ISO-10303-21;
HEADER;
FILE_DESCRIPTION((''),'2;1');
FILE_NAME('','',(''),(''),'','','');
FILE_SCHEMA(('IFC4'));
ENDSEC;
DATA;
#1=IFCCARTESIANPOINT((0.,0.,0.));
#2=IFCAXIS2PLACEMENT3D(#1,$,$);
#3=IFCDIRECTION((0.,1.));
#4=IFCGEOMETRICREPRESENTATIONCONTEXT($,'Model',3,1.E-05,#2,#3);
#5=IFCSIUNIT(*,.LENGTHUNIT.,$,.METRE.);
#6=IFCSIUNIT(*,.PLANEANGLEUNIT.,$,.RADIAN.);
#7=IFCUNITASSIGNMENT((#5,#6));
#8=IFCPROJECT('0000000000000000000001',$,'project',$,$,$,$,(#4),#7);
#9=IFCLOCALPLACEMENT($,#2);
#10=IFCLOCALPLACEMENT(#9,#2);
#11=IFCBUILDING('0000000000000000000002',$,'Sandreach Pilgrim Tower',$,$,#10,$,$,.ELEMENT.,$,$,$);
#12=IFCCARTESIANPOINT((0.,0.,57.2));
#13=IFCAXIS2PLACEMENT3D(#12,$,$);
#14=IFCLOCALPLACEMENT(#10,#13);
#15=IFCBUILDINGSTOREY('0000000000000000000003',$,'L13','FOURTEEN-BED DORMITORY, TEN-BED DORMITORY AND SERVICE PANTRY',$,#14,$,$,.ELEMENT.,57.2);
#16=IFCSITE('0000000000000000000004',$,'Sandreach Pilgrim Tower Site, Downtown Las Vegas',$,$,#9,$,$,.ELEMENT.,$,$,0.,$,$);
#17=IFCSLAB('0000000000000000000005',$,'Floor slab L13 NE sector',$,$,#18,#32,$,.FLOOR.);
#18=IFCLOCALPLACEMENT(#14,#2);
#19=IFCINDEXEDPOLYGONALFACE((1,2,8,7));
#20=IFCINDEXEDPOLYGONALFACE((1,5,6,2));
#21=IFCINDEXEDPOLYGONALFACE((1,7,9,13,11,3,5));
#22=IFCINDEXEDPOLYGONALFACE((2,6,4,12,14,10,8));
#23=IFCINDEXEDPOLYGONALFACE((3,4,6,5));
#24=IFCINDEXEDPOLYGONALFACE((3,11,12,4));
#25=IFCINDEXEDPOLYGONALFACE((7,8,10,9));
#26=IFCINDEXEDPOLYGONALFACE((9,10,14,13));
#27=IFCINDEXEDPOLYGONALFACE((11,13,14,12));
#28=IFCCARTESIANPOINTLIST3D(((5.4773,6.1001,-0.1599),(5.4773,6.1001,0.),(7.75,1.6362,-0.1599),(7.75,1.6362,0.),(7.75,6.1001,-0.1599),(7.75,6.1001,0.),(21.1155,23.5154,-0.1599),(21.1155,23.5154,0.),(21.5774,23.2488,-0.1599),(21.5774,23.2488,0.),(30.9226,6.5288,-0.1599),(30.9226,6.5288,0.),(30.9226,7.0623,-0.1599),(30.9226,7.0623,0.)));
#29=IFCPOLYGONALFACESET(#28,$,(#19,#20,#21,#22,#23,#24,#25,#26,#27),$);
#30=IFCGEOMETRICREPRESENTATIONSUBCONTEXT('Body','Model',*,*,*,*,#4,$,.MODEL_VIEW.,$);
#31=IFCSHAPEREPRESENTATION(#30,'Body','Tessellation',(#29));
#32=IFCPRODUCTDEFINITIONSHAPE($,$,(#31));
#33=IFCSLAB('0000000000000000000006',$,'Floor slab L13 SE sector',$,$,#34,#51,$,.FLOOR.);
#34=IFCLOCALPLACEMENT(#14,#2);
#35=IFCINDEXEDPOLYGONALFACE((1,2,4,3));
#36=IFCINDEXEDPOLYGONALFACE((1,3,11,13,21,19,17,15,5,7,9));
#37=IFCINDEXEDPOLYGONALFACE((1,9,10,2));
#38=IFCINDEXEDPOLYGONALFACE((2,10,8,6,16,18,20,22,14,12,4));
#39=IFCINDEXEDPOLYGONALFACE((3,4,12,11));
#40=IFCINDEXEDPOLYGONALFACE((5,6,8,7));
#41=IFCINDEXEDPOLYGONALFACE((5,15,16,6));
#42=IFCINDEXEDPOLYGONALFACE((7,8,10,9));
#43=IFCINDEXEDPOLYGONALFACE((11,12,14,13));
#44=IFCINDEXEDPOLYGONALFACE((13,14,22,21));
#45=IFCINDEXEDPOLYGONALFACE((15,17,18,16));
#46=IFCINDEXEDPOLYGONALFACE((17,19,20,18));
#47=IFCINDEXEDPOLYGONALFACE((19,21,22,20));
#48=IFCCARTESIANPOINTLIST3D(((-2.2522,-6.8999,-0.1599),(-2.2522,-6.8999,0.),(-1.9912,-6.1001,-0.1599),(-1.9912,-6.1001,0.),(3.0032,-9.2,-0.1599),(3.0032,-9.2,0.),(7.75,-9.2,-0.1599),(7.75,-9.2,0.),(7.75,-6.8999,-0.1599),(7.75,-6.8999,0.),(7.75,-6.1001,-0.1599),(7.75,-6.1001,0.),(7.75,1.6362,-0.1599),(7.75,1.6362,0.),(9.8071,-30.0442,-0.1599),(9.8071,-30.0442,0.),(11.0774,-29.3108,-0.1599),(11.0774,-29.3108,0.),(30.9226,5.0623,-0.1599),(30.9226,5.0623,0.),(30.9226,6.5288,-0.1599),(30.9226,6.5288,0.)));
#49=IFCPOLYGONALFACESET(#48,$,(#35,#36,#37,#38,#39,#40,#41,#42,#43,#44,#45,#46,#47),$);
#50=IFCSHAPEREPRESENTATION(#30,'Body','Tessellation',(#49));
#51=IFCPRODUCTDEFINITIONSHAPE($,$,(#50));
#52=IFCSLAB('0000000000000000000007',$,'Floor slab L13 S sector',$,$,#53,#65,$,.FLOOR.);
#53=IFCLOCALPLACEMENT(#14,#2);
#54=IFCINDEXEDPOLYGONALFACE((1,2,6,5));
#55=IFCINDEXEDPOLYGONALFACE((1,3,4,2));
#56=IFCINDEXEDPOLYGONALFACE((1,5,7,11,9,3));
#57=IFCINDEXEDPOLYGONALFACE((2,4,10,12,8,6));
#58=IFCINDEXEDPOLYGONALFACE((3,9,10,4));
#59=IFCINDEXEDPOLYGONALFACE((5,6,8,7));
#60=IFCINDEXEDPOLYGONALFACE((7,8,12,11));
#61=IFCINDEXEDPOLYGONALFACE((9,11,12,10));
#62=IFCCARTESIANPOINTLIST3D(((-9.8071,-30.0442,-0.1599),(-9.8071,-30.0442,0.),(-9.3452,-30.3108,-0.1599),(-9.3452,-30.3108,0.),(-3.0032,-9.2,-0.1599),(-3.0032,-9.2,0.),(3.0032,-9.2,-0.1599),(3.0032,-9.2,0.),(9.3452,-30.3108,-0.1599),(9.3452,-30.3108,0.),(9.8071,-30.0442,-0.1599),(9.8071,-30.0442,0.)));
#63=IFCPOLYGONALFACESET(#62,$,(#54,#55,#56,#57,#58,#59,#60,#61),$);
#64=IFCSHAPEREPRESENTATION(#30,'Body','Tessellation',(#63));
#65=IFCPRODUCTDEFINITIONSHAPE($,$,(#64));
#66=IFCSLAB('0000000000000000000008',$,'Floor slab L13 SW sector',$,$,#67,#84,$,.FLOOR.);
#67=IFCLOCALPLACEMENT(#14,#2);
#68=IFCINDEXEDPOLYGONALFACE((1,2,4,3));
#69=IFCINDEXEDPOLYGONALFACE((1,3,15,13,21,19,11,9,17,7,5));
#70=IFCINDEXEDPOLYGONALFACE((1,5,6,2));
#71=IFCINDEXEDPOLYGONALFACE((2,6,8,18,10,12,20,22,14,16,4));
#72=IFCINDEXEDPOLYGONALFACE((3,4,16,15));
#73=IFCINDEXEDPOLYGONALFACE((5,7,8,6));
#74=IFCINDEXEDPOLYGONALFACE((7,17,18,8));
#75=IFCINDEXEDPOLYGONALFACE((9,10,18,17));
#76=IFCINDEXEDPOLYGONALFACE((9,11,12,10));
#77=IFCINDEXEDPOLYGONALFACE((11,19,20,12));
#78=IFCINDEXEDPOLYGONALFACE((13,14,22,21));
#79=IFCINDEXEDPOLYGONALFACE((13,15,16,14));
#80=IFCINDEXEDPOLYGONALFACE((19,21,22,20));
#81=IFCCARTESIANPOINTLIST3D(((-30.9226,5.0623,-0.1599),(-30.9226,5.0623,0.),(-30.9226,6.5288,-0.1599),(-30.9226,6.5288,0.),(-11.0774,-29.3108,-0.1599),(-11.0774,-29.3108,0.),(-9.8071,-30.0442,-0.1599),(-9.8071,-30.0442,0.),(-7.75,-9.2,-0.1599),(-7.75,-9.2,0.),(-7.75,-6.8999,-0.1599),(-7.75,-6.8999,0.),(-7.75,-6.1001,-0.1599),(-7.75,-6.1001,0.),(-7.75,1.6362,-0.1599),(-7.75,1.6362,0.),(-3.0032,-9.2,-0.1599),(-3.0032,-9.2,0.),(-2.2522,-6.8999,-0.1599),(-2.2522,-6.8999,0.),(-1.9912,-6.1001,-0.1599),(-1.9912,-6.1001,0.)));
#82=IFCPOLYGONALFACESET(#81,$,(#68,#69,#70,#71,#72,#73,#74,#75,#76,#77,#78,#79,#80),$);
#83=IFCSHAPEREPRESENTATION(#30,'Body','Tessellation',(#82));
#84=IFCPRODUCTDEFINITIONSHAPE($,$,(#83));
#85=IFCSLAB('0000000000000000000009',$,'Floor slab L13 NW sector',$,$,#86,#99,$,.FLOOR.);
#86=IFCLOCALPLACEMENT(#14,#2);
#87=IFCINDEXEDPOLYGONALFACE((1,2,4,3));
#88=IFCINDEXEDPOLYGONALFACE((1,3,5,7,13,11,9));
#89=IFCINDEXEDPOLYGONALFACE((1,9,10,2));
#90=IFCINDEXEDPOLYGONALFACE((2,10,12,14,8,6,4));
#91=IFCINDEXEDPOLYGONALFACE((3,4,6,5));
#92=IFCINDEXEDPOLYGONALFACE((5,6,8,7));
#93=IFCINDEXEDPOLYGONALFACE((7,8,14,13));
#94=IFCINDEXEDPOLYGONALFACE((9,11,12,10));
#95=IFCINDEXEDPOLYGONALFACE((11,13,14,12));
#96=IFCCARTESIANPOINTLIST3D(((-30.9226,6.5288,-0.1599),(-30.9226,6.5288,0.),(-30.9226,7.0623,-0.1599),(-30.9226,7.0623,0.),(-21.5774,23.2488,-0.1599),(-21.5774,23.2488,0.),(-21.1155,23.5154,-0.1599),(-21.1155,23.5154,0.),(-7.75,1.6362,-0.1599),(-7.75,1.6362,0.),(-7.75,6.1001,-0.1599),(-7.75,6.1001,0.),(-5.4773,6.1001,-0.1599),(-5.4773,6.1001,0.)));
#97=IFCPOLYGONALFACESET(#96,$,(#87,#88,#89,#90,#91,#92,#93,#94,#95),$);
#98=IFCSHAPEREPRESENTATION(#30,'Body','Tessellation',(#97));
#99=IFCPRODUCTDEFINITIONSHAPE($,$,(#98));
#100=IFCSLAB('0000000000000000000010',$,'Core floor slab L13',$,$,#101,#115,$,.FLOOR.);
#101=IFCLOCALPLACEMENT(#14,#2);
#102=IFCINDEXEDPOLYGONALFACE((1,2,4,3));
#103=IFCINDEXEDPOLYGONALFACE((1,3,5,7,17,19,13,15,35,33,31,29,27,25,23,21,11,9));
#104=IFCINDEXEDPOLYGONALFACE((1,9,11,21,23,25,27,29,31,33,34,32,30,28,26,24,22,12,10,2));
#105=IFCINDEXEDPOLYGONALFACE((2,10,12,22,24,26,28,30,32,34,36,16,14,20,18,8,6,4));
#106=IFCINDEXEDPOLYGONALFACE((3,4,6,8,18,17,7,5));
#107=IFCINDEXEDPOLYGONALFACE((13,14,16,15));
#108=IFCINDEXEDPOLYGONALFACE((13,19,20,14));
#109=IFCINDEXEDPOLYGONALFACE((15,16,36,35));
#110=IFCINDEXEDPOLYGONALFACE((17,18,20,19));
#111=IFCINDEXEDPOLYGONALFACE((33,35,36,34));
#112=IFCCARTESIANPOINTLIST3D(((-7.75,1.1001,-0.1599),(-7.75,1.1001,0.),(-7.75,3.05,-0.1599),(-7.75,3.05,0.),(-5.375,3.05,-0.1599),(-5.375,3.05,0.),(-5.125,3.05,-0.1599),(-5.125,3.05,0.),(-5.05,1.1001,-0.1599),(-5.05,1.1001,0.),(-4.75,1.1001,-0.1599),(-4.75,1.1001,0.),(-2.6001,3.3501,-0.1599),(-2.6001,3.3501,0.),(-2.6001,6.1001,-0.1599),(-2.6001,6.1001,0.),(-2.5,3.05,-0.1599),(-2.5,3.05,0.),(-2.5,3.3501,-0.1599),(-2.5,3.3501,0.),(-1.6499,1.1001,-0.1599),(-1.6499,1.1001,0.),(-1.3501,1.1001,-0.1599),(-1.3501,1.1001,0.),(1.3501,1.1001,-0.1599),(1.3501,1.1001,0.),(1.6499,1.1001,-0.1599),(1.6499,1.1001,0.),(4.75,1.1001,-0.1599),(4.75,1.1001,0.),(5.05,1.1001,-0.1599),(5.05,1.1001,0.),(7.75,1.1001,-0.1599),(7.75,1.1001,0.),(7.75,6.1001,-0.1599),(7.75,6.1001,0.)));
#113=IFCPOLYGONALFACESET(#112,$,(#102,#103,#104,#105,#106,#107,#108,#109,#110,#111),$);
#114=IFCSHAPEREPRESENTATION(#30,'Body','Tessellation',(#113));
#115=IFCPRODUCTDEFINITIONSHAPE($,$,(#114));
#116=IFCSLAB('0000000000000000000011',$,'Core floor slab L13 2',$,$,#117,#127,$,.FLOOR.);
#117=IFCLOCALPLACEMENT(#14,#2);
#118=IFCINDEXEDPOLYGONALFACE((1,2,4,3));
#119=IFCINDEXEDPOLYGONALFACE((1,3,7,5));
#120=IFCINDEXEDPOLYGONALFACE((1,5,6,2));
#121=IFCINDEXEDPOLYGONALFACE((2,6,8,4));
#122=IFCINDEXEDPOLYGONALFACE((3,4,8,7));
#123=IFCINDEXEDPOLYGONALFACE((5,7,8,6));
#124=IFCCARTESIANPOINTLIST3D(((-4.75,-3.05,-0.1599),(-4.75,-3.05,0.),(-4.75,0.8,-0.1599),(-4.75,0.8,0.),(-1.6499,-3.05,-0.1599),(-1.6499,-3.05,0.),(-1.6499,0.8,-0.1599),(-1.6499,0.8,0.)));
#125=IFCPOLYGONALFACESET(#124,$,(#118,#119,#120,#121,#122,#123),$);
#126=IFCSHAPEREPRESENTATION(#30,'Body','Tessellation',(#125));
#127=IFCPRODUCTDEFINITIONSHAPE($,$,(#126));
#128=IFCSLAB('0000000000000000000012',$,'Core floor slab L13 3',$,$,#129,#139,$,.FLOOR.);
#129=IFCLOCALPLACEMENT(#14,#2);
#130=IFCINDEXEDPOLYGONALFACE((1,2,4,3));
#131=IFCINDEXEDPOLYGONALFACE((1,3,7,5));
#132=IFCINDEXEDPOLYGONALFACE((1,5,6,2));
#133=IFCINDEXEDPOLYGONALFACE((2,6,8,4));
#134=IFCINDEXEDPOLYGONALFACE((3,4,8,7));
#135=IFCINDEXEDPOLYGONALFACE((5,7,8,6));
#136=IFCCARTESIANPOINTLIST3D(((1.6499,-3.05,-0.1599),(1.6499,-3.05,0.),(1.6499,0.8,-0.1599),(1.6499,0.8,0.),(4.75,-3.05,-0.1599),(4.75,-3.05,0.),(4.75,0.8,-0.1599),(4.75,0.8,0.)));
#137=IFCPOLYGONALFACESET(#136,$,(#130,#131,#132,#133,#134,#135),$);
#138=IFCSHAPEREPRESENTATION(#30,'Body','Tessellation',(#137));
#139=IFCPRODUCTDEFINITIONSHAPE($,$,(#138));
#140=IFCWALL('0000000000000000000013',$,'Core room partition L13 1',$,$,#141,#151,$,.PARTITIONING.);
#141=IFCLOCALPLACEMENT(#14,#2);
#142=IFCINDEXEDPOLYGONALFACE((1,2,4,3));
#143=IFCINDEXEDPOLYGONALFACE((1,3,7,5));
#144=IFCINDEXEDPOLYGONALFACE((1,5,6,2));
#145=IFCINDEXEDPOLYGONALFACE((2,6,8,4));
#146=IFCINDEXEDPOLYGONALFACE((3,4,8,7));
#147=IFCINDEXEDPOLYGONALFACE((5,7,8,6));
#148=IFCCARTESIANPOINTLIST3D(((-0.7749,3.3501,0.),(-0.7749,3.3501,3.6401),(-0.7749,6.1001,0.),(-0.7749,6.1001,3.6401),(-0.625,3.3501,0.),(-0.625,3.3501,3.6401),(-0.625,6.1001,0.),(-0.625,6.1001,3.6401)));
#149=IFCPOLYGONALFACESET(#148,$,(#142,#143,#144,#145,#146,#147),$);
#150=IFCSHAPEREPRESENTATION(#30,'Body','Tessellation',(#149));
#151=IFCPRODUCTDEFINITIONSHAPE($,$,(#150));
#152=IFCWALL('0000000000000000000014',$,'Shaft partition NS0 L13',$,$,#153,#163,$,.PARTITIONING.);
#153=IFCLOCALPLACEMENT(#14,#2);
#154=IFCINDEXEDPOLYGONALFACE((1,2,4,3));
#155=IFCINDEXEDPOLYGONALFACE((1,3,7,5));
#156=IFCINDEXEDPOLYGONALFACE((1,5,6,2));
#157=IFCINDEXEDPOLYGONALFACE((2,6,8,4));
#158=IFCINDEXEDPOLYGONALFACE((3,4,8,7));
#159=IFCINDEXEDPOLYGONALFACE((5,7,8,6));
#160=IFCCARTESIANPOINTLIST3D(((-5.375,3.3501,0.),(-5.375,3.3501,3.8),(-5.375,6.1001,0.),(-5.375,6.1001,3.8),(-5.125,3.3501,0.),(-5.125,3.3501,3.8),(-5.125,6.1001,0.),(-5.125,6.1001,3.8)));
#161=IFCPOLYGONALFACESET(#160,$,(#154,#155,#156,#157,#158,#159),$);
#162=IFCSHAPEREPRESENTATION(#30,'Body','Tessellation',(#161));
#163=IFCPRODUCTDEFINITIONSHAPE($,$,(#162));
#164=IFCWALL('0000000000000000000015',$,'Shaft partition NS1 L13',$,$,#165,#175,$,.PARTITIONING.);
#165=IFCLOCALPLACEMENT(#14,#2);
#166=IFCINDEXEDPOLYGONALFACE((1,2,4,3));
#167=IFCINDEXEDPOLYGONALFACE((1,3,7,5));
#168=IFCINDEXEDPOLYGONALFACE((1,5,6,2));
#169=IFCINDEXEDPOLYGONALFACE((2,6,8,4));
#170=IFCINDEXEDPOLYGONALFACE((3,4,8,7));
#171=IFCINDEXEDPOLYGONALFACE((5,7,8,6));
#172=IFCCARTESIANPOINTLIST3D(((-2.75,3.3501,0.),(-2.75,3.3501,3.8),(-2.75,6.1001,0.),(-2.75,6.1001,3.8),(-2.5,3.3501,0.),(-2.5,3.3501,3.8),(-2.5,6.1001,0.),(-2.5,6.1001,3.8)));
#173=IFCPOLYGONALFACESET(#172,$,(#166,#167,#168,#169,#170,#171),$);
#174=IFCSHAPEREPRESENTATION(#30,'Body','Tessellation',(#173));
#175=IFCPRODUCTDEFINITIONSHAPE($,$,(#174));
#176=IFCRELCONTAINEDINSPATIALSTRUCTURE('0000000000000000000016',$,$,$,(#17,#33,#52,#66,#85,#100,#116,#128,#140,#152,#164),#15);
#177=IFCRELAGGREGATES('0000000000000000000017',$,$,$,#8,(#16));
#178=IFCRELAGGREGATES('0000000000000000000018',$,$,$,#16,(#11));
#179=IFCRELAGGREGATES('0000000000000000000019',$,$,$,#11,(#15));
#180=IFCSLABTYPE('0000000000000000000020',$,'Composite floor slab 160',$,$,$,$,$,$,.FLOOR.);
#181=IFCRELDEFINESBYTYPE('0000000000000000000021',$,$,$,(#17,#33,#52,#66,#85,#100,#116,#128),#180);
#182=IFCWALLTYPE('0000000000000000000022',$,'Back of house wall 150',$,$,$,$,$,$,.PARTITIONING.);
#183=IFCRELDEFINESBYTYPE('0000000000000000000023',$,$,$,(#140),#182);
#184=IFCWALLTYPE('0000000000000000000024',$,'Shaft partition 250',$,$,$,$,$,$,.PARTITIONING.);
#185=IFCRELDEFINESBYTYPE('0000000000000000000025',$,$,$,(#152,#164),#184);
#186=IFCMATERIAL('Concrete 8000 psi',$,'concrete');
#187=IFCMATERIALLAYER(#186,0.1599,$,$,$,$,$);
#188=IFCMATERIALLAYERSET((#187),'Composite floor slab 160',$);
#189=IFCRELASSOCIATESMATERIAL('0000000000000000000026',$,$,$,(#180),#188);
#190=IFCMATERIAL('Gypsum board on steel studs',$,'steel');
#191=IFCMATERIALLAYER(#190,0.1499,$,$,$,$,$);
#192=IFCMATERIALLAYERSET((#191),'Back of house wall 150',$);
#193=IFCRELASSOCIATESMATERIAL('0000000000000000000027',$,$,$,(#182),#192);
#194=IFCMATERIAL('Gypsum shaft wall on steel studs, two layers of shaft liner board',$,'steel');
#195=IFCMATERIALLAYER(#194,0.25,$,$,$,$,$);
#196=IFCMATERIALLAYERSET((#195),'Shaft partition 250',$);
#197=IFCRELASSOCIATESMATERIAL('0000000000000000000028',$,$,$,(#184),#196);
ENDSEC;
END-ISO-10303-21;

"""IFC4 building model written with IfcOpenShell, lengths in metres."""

from ifc_helpers import new_model, si_unit, direction, frame, frame_2d, origin, place, context, subcontext, project, spatial, polyline, rectangle, outline, extrude, material, layer, layer_set, type_object, element, save


model = new_model("IFC4")

# Units and contexts
model_context = context("Model", 3, precision=1e-05, world=origin(), true_north=direction((0.0, 1.0)))
body_context = subcontext(model_context, "Body", "Model", "MODEL_VIEW")
ifc_project = project(units=[si_unit("LENGTHUNIT", "METRE"), si_unit("PLANEANGLEUNIT", "RADIAN")], contexts=[model_context])

# Site, building, storey
site_placement = place(None, origin())
site = spatial("IfcSite", under=ifc_project, at=site_placement, Name="Sandreach Pilgrim Tower Site, Downtown Las Vegas", CompositionType="ELEMENT", RefElevation=0.0)
building_placement = place(site_placement, origin())
building = spatial("IfcBuilding", under=site, at=building_placement, Name="Sandreach Pilgrim Tower", CompositionType="ELEMENT")
storey_placement = place(building_placement, frame((0.0, 0.0, 57.2)))
storey = spatial("IfcBuildingStorey", under=building, at=storey_placement, Name="L13", Description="FOURTEEN-BED DORMITORY, TEN-BED DORMITORY AND SERVICE PANTRY", CompositionType="ELEMENT", Elevation=57.2)

# Slabs
ifc_material_1 = material(Name="Concrete 8000 psi", Category="concrete")
ifc_layer_1 = layer(ifc_material_1, 0.1599)
ifc_layer_set_1 = layer_set([ifc_layer_1], Name="Composite floor slab 160")
slab_type = type_object("IfcSlabType", Name="Composite floor slab 160", PredefinedType="FLOOR", material=ifc_layer_set_1)
slab_1_placement = place(storey_placement, frame((0.0, 0.0, -0.1599)))
element("IfcSlab", 1, at=slab_1_placement, inside=storey, type_object=slab_type, Name="Floor slab L13 NE sector", PredefinedType="FLOOR", context=body_context, shape_type="SweptSolid", body=[
    extrude(outline(polyline([(21.5774, 23.2488), (30.9226, 7.0623), (30.9226, 6.5288), (7.75, 1.6362), (7.75, 6.1001), (5.4773, 6.1001), (21.1155, 23.5154), (21.5774, 23.2488)])), origin(), (0.0, 0.0, 1.0), 0.1599),
])
slab_2_placement = place(storey_placement, frame((0.0, 0.0, -0.1599)))
element("IfcSlab", 2, at=slab_2_placement, inside=storey, type_object=slab_type, Name="Floor slab L13 SE sector", PredefinedType="FLOOR", context=body_context, shape_type="SweptSolid", body=[
    extrude(outline(polyline([(11.0774, -29.3108), (9.8071, -30.0442), (3.0032, -9.2), (7.75, -9.2), (7.75, -6.8999), (-2.2522, -6.8999), (-1.9912, -6.1001), (7.75, -6.1001), (7.75, 1.6362), (30.9226, 6.5288), (30.9226, 5.0623), (11.0774, -29.3108)])), origin(), (0.0, 0.0, 1.0), 0.1599),
])
slab_3_placement = place(storey_placement, frame((0.0, 0.0, -0.1599)))
element("IfcSlab", 3, at=slab_3_placement, inside=storey, type_object=slab_type, Name="Floor slab L13 S sector", PredefinedType="FLOOR", context=body_context, shape_type="SweptSolid", body=[
    extrude(outline(polyline([(9.3452, -30.3108), (-9.3452, -30.3108), (-9.8071, -30.0442), (-3.0032, -9.2), (3.0032, -9.2), (9.8071, -30.0442), (9.3452, -30.3108)])), origin(), (0.0, 0.0, 1.0), 0.1599),
])
slab_4_placement = place(storey_placement, frame((0.0, 0.0, -0.1599)))
element("IfcSlab", 4, at=slab_4_placement, inside=storey, type_object=slab_type, Name="Floor slab L13 SW sector", PredefinedType="FLOOR", context=body_context, shape_type="SweptSolid", body=[
    extrude(outline(polyline([(-11.0774, -29.3108), (-30.9226, 5.0623), (-30.9226, 6.5288), (-7.75, 1.6362), (-7.75, -6.1001), (-1.9912, -6.1001), (-2.2522, -6.8999), (-7.75, -6.8999), (-7.75, -9.2), (-3.0032, -9.2), (-9.8071, -30.0442), (-11.0774, -29.3108)])), origin(), (0.0, 0.0, 1.0), 0.1599),
])
slab_5_placement = place(storey_placement, frame((0.0, 0.0, -0.1599)))
element("IfcSlab", 5, at=slab_5_placement, inside=storey, type_object=slab_type, Name="Floor slab L13 NW sector", PredefinedType="FLOOR", context=body_context, shape_type="SweptSolid", body=[
    extrude(outline(polyline([(-30.9226, 7.0623), (-21.5774, 23.2488), (-21.1155, 23.5154), (-5.4773, 6.1001), (-7.75, 6.1001), (-7.75, 1.6362), (-30.9226, 6.5288), (-30.9226, 7.0623)])), origin(), (0.0, 0.0, 1.0), 0.1599),
])
slab_6_placement = place(storey_placement, frame((0.0, 0.0, -0.1599)))
element("IfcSlab", 6, at=slab_6_placement, inside=storey, type_object=slab_type, Name="Core floor slab L13", PredefinedType="FLOOR", context=body_context, shape_type="SweptSolid", body=[
    extrude(outline(polyline([(-7.75, 3.05), (-5.375, 3.05), (-5.125, 3.05), (-2.5, 3.05), (-2.5, 3.3501), (-2.6001, 3.3501), (-2.6001, 6.1001), (7.75, 6.1001), (7.75, 1.1001), (5.05, 1.1001), (4.75, 1.1001), (1.6499, 1.1001), (1.3501, 1.1001), (-1.3501, 1.1001), (-1.6499, 1.1001), (-4.75, 1.1001), (-5.05, 1.1001), (-7.75, 1.1001), (-7.75, 3.05)])), origin(), (0.0, 0.0, 1.0), 0.1599),
])
slab_7_placement = place(storey_placement, frame((0.0, 0.0, -0.1599)))
element("IfcSlab", 7, at=slab_7_placement, inside=storey, type_object=slab_type, Name="Core floor slab L13 2", PredefinedType="FLOOR", context=body_context, shape_type="SweptSolid", body=[
    extrude(outline(polyline([(-1.6499, -3.05), (-4.75, -3.05), (-4.75, 0.8), (-1.6499, 0.8), (-1.6499, -3.05)])), origin(), (0.0, 0.0, 1.0), 0.1599),
])
slab_8_placement = place(storey_placement, frame((0.0, 0.0, -0.1599)))
element("IfcSlab", 8, at=slab_8_placement, inside=storey, type_object=slab_type, Name="Core floor slab L13 3", PredefinedType="FLOOR", context=body_context, shape_type="SweptSolid", body=[
    extrude(outline(polyline([(4.75, -3.05), (1.6499, -3.05), (1.6499, 0.8), (4.75, 0.8), (4.75, -3.05)])), origin(), (0.0, 0.0, 1.0), 0.1599),
])

# Wall
ifc_material_2 = material(Name="Gypsum board on steel studs", Category="steel")
ifc_layer_2 = layer(ifc_material_2, 0.1499)
ifc_layer_set_2 = layer_set([ifc_layer_2], Name="Back of house wall 150")
wall_type_1 = type_object("IfcWallType", Name="Back of house wall 150", PredefinedType="PARTITIONING", material=ifc_layer_set_2)
wall_1_placement = place(storey_placement, frame((-0.7, 3.3501, 0.0), z_axis=(0.0, 0.0, 1.0), x_axis=(0.0, 1.0, 0.0)))
element("IfcWall", 9, at=wall_1_placement, inside=storey, type_object=wall_type_1, Name="Core room partition L13 1", PredefinedType="PARTITIONING", context=body_context, shape_type="SweptSolid", body=[
    extrude(rectangle(XDim=2.75, YDim=0.1499, at=frame_2d((1.375, 0.0))), origin(), (0.0, 0.0, 1.0), 3.6401),
])

# Walls
ifc_material_3 = material(Name="Gypsum shaft wall on steel studs, two layers of shaft liner board", Category="steel")
ifc_layer_3 = layer(ifc_material_3, 0.25)
ifc_layer_set_3 = layer_set([ifc_layer_3], Name="Shaft partition 250")
wall_type_2 = type_object("IfcWallType", Name="Shaft partition 250", PredefinedType="PARTITIONING", material=ifc_layer_set_3)
for number, where, z_axis, x_axis, name in (
    (10, (-5.25, 3.3501, 0.0), (0.0, 0.0, 1.0), (0.0, 1.0, 0.0), "Shaft partition NS0 L13"),
    (11, (-2.625, 3.3501, 0.0), (0.0, 0.0, 1.0), (0.0, 1.0, 0.0), "Shaft partition NS1 L13"),
):
    element("IfcWall", number, at=place(storey_placement, frame(where, z_axis=z_axis, x_axis=x_axis)), inside=storey, type_object=wall_type_2, Name=name, PredefinedType="PARTITIONING", context=body_context, shape_type="SweptSolid", body=[
        extrude(rectangle(XDim=2.75, YDim=0.25, at=frame_2d((1.375, 0.0))), origin(), (0.0, 0.0, 1.0), 3.8),
    ])

save(model, "model.ifc")
